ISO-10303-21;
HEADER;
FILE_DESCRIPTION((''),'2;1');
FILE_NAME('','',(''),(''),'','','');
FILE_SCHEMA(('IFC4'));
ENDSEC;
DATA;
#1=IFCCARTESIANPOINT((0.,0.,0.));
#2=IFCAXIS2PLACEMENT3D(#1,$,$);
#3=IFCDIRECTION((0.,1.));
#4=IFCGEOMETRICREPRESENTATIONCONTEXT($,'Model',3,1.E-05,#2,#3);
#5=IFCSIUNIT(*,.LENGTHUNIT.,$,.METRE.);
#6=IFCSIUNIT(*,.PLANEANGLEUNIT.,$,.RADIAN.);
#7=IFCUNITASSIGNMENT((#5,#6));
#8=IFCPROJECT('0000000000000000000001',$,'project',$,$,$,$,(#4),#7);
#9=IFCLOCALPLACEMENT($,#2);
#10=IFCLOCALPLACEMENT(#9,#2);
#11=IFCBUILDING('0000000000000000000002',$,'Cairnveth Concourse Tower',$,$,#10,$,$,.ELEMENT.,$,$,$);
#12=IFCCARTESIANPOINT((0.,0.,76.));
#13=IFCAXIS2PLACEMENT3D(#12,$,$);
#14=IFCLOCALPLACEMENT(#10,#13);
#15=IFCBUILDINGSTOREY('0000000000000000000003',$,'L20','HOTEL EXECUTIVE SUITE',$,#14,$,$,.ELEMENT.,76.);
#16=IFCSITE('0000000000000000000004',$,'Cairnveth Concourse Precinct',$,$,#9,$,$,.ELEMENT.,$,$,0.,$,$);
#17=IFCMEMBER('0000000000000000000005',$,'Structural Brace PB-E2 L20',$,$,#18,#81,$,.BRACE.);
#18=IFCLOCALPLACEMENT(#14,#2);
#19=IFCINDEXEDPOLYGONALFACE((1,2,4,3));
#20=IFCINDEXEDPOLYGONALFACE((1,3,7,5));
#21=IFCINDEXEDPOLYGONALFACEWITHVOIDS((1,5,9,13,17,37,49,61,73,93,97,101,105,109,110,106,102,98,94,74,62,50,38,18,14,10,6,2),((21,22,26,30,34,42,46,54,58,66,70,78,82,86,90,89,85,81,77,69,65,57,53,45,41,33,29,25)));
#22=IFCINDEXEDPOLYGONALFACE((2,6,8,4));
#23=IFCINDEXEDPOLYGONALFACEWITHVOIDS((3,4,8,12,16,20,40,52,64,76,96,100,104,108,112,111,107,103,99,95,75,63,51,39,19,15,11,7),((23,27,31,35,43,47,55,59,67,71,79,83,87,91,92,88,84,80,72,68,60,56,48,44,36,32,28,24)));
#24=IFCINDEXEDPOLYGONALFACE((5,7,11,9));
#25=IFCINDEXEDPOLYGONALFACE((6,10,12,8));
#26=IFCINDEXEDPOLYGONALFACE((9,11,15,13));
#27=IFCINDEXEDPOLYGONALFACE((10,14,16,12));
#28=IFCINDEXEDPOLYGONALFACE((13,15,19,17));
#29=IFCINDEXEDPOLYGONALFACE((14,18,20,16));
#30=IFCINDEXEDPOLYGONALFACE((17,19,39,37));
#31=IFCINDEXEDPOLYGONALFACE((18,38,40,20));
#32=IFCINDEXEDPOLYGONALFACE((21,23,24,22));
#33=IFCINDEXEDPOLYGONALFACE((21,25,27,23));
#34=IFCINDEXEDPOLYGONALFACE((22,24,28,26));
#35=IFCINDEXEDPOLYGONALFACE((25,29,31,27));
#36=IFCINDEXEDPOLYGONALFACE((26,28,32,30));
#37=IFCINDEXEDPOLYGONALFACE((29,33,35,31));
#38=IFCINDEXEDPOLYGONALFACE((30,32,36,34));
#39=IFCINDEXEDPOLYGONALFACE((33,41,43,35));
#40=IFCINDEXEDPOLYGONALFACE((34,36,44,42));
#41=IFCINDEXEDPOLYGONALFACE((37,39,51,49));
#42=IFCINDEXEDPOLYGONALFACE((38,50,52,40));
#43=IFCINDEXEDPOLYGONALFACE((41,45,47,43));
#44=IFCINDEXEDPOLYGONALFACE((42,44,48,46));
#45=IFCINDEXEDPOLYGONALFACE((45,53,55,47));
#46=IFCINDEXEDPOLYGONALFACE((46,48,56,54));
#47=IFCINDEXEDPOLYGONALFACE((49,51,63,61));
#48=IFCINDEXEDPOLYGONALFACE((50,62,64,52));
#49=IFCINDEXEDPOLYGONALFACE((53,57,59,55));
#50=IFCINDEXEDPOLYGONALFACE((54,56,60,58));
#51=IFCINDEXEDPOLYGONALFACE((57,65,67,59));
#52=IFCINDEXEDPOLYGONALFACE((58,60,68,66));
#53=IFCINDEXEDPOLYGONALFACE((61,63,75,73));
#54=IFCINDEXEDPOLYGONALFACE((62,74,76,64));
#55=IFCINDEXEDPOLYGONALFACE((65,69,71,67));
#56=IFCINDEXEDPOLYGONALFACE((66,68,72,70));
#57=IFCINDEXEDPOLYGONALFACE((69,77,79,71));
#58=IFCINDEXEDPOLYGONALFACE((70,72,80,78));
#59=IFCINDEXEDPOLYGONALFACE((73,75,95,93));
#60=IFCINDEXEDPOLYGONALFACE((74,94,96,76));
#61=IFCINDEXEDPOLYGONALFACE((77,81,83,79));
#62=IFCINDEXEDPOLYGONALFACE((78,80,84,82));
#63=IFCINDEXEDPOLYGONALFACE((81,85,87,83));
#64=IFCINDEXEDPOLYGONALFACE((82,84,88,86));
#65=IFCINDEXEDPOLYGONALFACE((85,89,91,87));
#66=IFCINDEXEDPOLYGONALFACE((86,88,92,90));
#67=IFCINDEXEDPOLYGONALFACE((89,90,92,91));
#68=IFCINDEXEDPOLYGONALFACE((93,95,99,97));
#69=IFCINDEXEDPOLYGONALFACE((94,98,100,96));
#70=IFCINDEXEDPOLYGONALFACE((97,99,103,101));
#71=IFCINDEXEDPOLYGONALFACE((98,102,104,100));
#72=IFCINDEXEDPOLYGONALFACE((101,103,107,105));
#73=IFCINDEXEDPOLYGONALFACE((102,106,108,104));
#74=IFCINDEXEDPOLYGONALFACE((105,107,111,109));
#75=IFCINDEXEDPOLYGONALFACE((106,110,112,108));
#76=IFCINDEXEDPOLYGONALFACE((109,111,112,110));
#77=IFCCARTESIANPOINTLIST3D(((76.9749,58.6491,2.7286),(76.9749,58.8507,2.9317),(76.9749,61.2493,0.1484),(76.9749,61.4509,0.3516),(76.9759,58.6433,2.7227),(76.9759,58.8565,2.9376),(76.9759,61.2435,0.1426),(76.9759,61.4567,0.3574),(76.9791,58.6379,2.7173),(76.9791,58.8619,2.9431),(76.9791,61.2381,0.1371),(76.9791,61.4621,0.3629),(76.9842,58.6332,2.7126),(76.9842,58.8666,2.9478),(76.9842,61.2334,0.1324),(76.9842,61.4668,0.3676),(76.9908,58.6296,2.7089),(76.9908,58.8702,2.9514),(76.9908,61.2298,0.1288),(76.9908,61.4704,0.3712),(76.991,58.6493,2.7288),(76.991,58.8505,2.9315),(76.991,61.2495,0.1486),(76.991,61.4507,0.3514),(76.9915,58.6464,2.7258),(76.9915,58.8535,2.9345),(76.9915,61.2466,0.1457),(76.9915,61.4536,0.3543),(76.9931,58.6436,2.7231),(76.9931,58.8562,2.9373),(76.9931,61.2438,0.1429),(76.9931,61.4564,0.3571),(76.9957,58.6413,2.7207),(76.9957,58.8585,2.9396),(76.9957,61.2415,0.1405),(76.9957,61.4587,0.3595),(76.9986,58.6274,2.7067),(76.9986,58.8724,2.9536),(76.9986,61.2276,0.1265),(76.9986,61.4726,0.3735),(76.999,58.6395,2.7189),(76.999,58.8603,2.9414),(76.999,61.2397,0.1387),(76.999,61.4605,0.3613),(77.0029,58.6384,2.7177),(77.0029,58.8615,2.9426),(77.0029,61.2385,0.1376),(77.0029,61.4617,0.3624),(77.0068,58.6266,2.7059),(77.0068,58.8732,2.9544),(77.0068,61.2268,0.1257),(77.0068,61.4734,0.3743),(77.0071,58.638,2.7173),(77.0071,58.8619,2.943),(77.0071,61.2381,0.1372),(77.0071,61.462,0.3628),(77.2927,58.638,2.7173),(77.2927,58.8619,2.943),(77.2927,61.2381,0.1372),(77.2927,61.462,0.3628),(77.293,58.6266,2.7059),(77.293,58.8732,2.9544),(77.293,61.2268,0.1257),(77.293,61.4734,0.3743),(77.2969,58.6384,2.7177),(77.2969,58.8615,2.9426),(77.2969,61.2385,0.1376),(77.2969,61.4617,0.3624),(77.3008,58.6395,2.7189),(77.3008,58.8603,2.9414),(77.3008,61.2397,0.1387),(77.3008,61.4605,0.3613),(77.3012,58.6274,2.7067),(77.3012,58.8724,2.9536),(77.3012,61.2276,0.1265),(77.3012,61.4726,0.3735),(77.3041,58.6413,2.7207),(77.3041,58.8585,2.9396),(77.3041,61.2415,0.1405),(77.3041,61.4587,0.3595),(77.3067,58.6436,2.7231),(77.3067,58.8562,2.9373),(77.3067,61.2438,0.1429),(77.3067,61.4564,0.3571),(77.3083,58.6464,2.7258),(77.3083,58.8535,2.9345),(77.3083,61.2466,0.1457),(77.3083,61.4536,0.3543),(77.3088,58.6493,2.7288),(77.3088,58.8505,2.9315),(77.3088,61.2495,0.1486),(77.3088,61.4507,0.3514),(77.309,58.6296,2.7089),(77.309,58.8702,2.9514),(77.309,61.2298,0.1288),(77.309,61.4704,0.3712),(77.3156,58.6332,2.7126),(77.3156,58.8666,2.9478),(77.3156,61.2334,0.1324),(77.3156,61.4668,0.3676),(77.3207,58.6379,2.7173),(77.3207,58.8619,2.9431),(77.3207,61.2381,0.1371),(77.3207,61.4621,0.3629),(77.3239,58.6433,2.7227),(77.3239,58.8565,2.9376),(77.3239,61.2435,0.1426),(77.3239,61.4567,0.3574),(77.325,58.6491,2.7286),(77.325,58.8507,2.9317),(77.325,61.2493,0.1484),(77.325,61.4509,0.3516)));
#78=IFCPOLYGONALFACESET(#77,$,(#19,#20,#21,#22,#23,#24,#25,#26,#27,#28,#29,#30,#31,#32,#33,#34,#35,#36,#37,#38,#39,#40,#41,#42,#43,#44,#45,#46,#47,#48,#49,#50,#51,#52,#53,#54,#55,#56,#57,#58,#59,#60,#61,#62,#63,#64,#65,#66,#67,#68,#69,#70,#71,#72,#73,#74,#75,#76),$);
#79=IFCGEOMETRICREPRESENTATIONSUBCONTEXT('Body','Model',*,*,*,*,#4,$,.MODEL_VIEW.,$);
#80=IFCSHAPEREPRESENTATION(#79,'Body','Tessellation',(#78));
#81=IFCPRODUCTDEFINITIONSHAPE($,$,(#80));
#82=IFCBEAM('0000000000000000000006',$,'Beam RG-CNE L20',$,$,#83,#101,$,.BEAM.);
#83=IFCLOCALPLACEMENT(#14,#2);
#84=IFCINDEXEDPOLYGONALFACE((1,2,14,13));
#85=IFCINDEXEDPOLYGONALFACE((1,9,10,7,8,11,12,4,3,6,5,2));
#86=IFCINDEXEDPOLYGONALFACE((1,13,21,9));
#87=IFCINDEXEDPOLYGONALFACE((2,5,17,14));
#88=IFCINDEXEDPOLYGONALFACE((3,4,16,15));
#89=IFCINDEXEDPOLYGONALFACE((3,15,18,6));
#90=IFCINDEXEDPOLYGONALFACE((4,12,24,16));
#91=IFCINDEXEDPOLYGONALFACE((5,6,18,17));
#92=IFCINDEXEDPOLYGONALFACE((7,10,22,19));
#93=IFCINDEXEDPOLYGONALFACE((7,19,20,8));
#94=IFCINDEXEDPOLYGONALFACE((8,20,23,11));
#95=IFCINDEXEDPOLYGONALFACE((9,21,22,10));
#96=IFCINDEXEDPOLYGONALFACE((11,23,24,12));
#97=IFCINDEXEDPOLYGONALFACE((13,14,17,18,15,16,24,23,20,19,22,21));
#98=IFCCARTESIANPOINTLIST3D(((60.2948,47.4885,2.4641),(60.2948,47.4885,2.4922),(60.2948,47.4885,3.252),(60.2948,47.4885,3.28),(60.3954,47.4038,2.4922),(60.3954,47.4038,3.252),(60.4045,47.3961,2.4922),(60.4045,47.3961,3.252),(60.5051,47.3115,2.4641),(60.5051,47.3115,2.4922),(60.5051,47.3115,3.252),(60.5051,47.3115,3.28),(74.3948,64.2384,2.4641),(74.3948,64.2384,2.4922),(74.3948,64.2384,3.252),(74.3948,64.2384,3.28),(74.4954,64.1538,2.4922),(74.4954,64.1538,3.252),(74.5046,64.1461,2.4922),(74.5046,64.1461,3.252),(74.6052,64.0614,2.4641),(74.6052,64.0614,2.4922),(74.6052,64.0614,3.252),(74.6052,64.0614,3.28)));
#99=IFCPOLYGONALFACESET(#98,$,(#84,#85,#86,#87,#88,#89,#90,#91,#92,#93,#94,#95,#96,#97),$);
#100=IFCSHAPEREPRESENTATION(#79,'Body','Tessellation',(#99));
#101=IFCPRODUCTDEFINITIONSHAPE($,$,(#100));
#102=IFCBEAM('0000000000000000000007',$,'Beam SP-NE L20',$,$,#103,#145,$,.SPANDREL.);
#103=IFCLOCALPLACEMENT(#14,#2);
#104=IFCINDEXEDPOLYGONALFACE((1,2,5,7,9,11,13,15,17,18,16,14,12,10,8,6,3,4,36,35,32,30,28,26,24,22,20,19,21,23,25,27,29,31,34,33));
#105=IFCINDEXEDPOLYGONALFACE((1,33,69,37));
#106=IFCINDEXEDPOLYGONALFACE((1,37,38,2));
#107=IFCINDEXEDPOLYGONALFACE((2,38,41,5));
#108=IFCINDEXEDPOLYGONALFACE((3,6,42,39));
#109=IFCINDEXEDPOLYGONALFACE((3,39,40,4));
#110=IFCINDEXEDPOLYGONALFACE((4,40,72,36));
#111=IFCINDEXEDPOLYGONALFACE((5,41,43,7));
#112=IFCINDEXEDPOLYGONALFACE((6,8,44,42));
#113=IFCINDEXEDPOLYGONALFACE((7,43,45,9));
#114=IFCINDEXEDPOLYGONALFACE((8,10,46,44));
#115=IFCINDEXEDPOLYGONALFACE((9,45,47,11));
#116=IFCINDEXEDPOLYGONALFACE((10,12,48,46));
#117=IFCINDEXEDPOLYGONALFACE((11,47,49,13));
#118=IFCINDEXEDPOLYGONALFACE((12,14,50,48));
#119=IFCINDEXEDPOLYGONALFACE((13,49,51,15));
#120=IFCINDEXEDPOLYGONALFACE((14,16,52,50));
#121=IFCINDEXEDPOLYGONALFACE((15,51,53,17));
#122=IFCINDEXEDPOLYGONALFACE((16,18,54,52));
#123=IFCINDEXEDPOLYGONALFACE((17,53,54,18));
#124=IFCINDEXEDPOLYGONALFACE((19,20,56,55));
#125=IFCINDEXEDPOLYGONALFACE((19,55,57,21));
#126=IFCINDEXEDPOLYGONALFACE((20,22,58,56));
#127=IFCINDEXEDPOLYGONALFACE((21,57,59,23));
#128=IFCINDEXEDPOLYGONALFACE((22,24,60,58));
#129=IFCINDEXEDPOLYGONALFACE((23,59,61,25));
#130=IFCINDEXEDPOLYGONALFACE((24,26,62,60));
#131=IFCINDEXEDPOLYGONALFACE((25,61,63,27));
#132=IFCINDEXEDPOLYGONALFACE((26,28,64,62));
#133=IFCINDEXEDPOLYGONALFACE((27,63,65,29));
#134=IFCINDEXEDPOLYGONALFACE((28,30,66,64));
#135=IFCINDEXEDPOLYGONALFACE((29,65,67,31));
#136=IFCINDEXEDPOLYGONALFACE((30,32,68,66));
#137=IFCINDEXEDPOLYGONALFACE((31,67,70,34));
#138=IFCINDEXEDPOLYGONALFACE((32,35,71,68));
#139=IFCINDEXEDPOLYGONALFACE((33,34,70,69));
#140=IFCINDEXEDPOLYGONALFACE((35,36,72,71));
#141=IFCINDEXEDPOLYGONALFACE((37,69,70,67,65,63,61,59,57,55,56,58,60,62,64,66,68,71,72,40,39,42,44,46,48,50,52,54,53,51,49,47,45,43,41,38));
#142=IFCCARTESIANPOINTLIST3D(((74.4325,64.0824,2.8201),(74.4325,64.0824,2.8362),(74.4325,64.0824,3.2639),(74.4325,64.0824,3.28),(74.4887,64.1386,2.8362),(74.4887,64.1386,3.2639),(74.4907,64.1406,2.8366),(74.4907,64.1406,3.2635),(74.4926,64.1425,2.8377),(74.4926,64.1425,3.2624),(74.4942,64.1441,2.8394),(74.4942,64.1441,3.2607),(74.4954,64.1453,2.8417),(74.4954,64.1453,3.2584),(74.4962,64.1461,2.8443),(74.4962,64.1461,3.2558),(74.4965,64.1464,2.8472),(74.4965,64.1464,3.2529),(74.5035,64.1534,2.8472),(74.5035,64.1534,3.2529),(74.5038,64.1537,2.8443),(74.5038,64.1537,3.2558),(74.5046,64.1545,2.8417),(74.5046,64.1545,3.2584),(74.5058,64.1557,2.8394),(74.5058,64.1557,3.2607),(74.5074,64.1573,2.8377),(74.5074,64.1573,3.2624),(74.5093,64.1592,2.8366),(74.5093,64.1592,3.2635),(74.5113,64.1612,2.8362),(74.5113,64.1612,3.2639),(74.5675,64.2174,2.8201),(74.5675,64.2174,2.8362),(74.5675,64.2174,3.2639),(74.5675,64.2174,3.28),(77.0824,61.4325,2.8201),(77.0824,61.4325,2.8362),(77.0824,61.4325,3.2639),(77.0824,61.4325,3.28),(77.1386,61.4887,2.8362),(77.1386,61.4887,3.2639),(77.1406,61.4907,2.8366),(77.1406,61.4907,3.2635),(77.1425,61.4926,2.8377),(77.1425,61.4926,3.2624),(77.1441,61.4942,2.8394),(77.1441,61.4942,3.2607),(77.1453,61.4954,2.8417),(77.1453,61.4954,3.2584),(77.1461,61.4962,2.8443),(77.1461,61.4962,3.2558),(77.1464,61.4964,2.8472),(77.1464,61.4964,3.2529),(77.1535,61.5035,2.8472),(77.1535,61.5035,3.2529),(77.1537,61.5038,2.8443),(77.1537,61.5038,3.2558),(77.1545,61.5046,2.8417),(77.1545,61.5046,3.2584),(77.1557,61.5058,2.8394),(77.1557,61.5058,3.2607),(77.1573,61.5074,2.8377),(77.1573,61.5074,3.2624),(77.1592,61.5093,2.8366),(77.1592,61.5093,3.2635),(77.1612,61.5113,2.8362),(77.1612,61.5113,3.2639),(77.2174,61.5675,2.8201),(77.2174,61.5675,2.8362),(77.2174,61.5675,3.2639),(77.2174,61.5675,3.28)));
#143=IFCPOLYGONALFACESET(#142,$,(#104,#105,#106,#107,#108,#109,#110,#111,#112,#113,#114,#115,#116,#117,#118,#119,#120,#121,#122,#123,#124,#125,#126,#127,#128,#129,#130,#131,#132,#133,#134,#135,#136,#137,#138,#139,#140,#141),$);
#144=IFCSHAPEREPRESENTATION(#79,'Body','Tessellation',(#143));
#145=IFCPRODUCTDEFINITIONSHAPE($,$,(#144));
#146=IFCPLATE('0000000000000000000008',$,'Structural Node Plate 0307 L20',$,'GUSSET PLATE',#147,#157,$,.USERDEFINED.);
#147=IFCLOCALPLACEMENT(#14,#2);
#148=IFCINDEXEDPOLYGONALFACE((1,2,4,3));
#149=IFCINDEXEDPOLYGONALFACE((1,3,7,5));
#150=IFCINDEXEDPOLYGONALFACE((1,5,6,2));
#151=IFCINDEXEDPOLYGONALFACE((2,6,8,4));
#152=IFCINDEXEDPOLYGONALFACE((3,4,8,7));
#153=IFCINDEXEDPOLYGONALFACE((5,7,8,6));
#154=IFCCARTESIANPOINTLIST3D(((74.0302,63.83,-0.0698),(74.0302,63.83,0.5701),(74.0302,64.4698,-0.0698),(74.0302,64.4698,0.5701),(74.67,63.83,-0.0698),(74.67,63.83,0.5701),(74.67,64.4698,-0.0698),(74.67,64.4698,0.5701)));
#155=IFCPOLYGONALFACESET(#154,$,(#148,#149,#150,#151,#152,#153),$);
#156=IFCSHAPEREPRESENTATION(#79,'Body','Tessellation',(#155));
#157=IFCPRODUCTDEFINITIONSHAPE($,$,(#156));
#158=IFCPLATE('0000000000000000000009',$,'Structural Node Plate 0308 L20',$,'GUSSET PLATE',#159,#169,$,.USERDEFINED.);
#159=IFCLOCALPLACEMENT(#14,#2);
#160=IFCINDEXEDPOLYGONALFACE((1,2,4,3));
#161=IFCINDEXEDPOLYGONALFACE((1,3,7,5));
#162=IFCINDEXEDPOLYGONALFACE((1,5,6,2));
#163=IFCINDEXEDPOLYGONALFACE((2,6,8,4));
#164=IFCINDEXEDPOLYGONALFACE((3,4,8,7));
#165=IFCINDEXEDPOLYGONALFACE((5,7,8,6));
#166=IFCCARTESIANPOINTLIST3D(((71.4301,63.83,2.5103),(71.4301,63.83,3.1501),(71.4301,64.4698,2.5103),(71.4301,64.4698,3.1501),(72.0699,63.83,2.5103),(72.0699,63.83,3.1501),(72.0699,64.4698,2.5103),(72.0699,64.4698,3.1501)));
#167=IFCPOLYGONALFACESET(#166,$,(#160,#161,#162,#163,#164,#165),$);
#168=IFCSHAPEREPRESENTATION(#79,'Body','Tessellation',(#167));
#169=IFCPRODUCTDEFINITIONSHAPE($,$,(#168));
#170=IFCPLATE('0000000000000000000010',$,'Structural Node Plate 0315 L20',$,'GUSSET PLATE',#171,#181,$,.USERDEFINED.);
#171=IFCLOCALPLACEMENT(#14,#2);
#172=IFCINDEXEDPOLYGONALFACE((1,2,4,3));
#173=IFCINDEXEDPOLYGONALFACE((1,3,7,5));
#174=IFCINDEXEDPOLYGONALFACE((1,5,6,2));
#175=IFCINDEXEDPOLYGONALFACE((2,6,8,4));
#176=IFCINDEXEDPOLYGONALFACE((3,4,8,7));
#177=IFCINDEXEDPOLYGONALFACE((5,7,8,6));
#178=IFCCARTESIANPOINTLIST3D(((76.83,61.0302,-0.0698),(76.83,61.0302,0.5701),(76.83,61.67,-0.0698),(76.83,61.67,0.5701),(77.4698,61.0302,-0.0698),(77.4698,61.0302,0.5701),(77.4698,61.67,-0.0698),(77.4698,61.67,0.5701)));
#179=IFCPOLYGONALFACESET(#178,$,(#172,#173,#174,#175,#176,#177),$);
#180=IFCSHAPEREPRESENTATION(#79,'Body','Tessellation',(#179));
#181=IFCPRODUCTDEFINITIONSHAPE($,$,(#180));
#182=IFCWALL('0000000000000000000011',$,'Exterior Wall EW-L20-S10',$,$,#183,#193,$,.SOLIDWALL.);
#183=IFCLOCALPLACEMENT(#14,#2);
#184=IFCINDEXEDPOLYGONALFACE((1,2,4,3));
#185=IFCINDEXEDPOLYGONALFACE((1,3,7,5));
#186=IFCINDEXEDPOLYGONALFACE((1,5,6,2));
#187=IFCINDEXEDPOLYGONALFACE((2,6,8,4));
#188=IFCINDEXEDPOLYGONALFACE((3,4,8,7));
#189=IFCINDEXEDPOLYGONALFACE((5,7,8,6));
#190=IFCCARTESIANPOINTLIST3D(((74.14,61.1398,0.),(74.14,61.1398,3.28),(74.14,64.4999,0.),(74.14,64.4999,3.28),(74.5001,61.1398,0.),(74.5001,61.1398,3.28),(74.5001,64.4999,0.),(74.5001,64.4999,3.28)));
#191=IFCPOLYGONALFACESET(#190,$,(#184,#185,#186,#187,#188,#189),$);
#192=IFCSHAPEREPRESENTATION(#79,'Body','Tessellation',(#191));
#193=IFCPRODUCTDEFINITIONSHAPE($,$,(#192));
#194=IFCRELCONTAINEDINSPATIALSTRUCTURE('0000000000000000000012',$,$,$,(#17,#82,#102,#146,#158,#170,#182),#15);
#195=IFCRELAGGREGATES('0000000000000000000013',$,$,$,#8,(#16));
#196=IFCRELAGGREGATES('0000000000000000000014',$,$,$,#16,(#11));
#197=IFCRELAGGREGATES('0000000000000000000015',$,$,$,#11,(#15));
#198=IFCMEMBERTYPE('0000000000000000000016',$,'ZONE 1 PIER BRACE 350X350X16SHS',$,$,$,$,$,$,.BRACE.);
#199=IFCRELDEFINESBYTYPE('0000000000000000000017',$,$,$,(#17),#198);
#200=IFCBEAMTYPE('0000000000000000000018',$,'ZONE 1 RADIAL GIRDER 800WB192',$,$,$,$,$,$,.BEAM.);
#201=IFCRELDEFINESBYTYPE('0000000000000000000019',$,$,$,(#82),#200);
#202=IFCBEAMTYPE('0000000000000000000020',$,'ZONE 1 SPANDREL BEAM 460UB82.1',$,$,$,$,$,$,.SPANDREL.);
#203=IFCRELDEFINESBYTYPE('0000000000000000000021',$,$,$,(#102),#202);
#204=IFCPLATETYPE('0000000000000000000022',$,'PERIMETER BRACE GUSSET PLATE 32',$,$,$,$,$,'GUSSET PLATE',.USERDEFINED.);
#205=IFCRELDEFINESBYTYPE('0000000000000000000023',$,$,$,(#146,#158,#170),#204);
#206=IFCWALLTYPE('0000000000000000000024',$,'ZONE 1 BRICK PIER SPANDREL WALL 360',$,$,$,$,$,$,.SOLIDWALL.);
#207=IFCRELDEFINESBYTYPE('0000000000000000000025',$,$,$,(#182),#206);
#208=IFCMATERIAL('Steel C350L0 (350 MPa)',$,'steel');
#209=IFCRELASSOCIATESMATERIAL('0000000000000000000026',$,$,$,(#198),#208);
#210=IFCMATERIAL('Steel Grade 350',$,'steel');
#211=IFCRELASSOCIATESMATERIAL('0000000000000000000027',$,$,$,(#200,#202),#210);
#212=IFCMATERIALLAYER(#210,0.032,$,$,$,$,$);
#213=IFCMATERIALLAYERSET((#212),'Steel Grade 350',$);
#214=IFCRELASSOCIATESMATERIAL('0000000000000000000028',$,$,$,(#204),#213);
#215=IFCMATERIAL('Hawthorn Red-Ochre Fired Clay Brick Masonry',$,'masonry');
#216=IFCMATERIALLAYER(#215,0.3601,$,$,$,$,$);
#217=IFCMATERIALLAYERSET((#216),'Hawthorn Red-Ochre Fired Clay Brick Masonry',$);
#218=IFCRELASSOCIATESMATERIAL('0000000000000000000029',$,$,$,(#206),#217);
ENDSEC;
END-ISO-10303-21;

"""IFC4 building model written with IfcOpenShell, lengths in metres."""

from ifc_helpers import new_model, si_unit, direction, frame, frame_2d, origin, origin_2d, place, context, subcontext, project, spatial, rectangle, hollow_rectangle, i_section, extrude, material, layer, layer_set, material_profile, profile_set, type_object, element, save


model = new_model("IFC4")

# Units and contexts
model_context = context("Model", 3, precision=1e-05, world=origin(), true_north=direction((0.0, 1.0)))
body_context = subcontext(model_context, "Body", "Model", "MODEL_VIEW")
ifc_project = project(units=[si_unit("LENGTHUNIT", "METRE"), si_unit("PLANEANGLEUNIT", "RADIAN")], contexts=[model_context])

# Site, building, storey
site_placement = place(None, origin())
site = spatial("IfcSite", under=ifc_project, at=site_placement, Name="Cairnveth Concourse Precinct", CompositionType="ELEMENT", RefElevation=0.0)
building_placement = place(site_placement, origin())
building = spatial("IfcBuilding", under=site, at=building_placement, Name="Cairnveth Concourse Tower", CompositionType="ELEMENT")
storey_placement = place(building_placement, frame((0.0, 0.0, 76.0)))
storey = spatial("IfcBuildingStorey", under=building, at=storey_placement, Name="L20", Description="HOTEL EXECUTIVE SUITE", CompositionType="ELEMENT", Elevation=76.0)

# Shared definitions
ifc_material_1 = material(Name="Steel Grade 350", Category="steel")

# Member
ifc_material_2 = material(Name="Steel C350L0 (350 MPa)", Category="steel")
ifc_material_profile_1 = material_profile(ifc_material_2, hollow_rectangle(XDim=0.3501, YDim=0.3501, WallThickness=0.0161, InnerFilletRadius=0.0161, OuterFilletRadius=0.032, at=origin_2d()), Name="350x350x16.0SHS")
ifc_profile_set_1 = profile_set([ifc_material_profile_1], Name="Steel C350L0 (350 MPa)")
member_type = type_object("IfcMemberType", Name="ZONE 1 PIER BRACE 350X350X16SHS", PredefinedType="BRACE", material=ifc_profile_set_1)
for number, where, z_axis, x_axis, name in (
    (1, (77.1499, 61.3501, 0.25), (0.0, -0.709834, 0.704369), (1.0, 0.0, 0.0), "Structural Brace PB-E2 L20"),
):
    element("IfcMember", number, at=place(storey_placement, frame(where, z_axis=z_axis, x_axis=x_axis)), inside=storey, type_object=member_type, Name=name, PredefinedType="BRACE", context=body_context, shape_type="SweptSolid", body=[
        extrude(hollow_rectangle(XDim=0.3501, YDim=0.3501, WallThickness=0.0161, InnerFilletRadius=0.0161, OuterFilletRadius=0.032, at=origin_2d()), origin(), (0.0, 0.0, 1.0), 3.6631),
    ])

# Beams
ifc_material_profile_2 = material_profile(ifc_material_1, i_section(OverallWidth=0.2749, OverallDepth=0.8159, WebThickness=0.012, FlangeThickness=0.0281, at=origin_2d()), Name="800WB192")
ifc_profile_set_2 = profile_set([ifc_material_profile_2], Name="Steel Grade 350")
beam_type_1 = type_object("IfcBeamType", Name="ZONE 1 RADIAL GIRDER 800WB192", PredefinedType="BEAM", material=ifc_profile_set_2)
beam_1_placement = place(storey_placement, frame((74.5, 64.1499, 2.8721), z_axis=(-0.643998, -0.765027, 0.0), x_axis=(0.765027, -0.643998, 0.0)))
element("IfcBeam", 2, at=beam_1_placement, inside=storey, type_object=beam_type_1, Name="Beam RG-CNE L20", PredefinedType="BEAM", context=body_context, shape_type="SweptSolid", body=[
    extrude(i_section(OverallWidth=0.2749, OverallDepth=0.8159, WebThickness=0.012, FlangeThickness=0.0281, at=origin_2d()), origin(), (0.0, 0.0, 1.0), 21.8945),
])
ifc_material_profile_3 = material_profile(ifc_material_1, i_section(OverallWidth=0.1909, OverallDepth=0.46, WebThickness=0.01, FlangeThickness=0.0161, FilletRadius=0.011, at=origin_2d()), Name="460UB82.1")
ifc_profile_set_3 = profile_set([ifc_material_profile_3], Name="Steel Grade 350")
beam_type_2 = type_object("IfcBeamType", Name="ZONE 1 SPANDREL BEAM 460UB82.1", PredefinedType="SPANDREL", material=ifc_profile_set_3)
beam_2_placement = place(storey_placement, frame((74.5, 64.1499, 3.05), z_axis=(0.707107, -0.707107, 0.0), x_axis=(0.707107, 0.707107, 0.0)))
element("IfcBeam", 3, at=beam_2_placement, inside=storey, type_object=beam_type_2, Name="Beam SP-NE L20", PredefinedType="SPANDREL", context=body_context, shape_type="SweptSolid", body=[
    extrude(i_section(OverallWidth=0.1909, OverallDepth=0.46, WebThickness=0.01, FlangeThickness=0.0161, FilletRadius=0.011, at=origin_2d()), origin(), (0.0, 0.0, 1.0), 3.7476),
])

# Plates
ifc_layer_1 = layer(ifc_material_1, 0.032)
ifc_layer_set_1 = layer_set([ifc_layer_1], Name="Steel Grade 350")
plate_type = type_object("IfcPlateType", Name="PERIMETER BRACE GUSSET PLATE 32", ElementType="GUSSET PLATE", PredefinedType="USERDEFINED", material=ifc_layer_set_1)
for number, where, z_axis, x_axis, name in (
    (4, (74.3501, 64.1499, -0.0698), (0.0, 0.0, 1.0), (1.0, 0.0, 0.0), "Structural Node Plate 0307 L20"),
    (5, (71.75, 64.1499, 2.5103), (0.0, 0.0, 1.0), (1.0, 0.0, 0.0), "Structural Node Plate 0308 L20"),
    (6, (77.1499, 61.3501, -0.0698), (0.0, 0.0, 1.0), (1.0, 0.0, 0.0), "Structural Node Plate 0315 L20"),
):
    element("IfcPlate", number, at=place(storey_placement, frame(where, z_axis=z_axis, x_axis=x_axis)), inside=storey, type_object=plate_type, Name=name, ObjectType="GUSSET PLATE", PredefinedType="USERDEFINED", context=body_context, shape_type="SweptSolid", body=[
        extrude(rectangle(XDim=0.6399, YDim=0.6399, at=origin_2d()), origin(), (0.0, 0.0, 1.0), 0.6399),
    ])

# Wall
ifc_material_3 = material(Name="Hawthorn Red-Ochre Fired Clay Brick Masonry", Category="masonry")
ifc_layer_2 = layer(ifc_material_3, 0.3601)
ifc_layer_set_2 = layer_set([ifc_layer_2], Name="Hawthorn Red-Ochre Fired Clay Brick Masonry")
wall_type = type_object("IfcWallType", Name="ZONE 1 BRICK PIER SPANDREL WALL 360", PredefinedType="SOLIDWALL", material=ifc_layer_set_2)
wall_1_placement = place(storey_placement, frame((74.3201, 64.5, 0.0), z_axis=(0.0, 0.0, 1.0), x_axis=(0.0, -1.0, 0.0)))
element("IfcWall", 7, at=wall_1_placement, inside=storey, type_object=wall_type, Name="Exterior Wall EW-L20-S10", PredefinedType="SOLIDWALL", context=body_context, shape_type="SweptSolid", body=[
    extrude(rectangle(XDim=3.3601, YDim=0.3601, at=frame_2d((1.6802, 0.0))), origin(), (0.0, 0.0, 1.0), 3.28),
])

save(model, "model.ifc")
